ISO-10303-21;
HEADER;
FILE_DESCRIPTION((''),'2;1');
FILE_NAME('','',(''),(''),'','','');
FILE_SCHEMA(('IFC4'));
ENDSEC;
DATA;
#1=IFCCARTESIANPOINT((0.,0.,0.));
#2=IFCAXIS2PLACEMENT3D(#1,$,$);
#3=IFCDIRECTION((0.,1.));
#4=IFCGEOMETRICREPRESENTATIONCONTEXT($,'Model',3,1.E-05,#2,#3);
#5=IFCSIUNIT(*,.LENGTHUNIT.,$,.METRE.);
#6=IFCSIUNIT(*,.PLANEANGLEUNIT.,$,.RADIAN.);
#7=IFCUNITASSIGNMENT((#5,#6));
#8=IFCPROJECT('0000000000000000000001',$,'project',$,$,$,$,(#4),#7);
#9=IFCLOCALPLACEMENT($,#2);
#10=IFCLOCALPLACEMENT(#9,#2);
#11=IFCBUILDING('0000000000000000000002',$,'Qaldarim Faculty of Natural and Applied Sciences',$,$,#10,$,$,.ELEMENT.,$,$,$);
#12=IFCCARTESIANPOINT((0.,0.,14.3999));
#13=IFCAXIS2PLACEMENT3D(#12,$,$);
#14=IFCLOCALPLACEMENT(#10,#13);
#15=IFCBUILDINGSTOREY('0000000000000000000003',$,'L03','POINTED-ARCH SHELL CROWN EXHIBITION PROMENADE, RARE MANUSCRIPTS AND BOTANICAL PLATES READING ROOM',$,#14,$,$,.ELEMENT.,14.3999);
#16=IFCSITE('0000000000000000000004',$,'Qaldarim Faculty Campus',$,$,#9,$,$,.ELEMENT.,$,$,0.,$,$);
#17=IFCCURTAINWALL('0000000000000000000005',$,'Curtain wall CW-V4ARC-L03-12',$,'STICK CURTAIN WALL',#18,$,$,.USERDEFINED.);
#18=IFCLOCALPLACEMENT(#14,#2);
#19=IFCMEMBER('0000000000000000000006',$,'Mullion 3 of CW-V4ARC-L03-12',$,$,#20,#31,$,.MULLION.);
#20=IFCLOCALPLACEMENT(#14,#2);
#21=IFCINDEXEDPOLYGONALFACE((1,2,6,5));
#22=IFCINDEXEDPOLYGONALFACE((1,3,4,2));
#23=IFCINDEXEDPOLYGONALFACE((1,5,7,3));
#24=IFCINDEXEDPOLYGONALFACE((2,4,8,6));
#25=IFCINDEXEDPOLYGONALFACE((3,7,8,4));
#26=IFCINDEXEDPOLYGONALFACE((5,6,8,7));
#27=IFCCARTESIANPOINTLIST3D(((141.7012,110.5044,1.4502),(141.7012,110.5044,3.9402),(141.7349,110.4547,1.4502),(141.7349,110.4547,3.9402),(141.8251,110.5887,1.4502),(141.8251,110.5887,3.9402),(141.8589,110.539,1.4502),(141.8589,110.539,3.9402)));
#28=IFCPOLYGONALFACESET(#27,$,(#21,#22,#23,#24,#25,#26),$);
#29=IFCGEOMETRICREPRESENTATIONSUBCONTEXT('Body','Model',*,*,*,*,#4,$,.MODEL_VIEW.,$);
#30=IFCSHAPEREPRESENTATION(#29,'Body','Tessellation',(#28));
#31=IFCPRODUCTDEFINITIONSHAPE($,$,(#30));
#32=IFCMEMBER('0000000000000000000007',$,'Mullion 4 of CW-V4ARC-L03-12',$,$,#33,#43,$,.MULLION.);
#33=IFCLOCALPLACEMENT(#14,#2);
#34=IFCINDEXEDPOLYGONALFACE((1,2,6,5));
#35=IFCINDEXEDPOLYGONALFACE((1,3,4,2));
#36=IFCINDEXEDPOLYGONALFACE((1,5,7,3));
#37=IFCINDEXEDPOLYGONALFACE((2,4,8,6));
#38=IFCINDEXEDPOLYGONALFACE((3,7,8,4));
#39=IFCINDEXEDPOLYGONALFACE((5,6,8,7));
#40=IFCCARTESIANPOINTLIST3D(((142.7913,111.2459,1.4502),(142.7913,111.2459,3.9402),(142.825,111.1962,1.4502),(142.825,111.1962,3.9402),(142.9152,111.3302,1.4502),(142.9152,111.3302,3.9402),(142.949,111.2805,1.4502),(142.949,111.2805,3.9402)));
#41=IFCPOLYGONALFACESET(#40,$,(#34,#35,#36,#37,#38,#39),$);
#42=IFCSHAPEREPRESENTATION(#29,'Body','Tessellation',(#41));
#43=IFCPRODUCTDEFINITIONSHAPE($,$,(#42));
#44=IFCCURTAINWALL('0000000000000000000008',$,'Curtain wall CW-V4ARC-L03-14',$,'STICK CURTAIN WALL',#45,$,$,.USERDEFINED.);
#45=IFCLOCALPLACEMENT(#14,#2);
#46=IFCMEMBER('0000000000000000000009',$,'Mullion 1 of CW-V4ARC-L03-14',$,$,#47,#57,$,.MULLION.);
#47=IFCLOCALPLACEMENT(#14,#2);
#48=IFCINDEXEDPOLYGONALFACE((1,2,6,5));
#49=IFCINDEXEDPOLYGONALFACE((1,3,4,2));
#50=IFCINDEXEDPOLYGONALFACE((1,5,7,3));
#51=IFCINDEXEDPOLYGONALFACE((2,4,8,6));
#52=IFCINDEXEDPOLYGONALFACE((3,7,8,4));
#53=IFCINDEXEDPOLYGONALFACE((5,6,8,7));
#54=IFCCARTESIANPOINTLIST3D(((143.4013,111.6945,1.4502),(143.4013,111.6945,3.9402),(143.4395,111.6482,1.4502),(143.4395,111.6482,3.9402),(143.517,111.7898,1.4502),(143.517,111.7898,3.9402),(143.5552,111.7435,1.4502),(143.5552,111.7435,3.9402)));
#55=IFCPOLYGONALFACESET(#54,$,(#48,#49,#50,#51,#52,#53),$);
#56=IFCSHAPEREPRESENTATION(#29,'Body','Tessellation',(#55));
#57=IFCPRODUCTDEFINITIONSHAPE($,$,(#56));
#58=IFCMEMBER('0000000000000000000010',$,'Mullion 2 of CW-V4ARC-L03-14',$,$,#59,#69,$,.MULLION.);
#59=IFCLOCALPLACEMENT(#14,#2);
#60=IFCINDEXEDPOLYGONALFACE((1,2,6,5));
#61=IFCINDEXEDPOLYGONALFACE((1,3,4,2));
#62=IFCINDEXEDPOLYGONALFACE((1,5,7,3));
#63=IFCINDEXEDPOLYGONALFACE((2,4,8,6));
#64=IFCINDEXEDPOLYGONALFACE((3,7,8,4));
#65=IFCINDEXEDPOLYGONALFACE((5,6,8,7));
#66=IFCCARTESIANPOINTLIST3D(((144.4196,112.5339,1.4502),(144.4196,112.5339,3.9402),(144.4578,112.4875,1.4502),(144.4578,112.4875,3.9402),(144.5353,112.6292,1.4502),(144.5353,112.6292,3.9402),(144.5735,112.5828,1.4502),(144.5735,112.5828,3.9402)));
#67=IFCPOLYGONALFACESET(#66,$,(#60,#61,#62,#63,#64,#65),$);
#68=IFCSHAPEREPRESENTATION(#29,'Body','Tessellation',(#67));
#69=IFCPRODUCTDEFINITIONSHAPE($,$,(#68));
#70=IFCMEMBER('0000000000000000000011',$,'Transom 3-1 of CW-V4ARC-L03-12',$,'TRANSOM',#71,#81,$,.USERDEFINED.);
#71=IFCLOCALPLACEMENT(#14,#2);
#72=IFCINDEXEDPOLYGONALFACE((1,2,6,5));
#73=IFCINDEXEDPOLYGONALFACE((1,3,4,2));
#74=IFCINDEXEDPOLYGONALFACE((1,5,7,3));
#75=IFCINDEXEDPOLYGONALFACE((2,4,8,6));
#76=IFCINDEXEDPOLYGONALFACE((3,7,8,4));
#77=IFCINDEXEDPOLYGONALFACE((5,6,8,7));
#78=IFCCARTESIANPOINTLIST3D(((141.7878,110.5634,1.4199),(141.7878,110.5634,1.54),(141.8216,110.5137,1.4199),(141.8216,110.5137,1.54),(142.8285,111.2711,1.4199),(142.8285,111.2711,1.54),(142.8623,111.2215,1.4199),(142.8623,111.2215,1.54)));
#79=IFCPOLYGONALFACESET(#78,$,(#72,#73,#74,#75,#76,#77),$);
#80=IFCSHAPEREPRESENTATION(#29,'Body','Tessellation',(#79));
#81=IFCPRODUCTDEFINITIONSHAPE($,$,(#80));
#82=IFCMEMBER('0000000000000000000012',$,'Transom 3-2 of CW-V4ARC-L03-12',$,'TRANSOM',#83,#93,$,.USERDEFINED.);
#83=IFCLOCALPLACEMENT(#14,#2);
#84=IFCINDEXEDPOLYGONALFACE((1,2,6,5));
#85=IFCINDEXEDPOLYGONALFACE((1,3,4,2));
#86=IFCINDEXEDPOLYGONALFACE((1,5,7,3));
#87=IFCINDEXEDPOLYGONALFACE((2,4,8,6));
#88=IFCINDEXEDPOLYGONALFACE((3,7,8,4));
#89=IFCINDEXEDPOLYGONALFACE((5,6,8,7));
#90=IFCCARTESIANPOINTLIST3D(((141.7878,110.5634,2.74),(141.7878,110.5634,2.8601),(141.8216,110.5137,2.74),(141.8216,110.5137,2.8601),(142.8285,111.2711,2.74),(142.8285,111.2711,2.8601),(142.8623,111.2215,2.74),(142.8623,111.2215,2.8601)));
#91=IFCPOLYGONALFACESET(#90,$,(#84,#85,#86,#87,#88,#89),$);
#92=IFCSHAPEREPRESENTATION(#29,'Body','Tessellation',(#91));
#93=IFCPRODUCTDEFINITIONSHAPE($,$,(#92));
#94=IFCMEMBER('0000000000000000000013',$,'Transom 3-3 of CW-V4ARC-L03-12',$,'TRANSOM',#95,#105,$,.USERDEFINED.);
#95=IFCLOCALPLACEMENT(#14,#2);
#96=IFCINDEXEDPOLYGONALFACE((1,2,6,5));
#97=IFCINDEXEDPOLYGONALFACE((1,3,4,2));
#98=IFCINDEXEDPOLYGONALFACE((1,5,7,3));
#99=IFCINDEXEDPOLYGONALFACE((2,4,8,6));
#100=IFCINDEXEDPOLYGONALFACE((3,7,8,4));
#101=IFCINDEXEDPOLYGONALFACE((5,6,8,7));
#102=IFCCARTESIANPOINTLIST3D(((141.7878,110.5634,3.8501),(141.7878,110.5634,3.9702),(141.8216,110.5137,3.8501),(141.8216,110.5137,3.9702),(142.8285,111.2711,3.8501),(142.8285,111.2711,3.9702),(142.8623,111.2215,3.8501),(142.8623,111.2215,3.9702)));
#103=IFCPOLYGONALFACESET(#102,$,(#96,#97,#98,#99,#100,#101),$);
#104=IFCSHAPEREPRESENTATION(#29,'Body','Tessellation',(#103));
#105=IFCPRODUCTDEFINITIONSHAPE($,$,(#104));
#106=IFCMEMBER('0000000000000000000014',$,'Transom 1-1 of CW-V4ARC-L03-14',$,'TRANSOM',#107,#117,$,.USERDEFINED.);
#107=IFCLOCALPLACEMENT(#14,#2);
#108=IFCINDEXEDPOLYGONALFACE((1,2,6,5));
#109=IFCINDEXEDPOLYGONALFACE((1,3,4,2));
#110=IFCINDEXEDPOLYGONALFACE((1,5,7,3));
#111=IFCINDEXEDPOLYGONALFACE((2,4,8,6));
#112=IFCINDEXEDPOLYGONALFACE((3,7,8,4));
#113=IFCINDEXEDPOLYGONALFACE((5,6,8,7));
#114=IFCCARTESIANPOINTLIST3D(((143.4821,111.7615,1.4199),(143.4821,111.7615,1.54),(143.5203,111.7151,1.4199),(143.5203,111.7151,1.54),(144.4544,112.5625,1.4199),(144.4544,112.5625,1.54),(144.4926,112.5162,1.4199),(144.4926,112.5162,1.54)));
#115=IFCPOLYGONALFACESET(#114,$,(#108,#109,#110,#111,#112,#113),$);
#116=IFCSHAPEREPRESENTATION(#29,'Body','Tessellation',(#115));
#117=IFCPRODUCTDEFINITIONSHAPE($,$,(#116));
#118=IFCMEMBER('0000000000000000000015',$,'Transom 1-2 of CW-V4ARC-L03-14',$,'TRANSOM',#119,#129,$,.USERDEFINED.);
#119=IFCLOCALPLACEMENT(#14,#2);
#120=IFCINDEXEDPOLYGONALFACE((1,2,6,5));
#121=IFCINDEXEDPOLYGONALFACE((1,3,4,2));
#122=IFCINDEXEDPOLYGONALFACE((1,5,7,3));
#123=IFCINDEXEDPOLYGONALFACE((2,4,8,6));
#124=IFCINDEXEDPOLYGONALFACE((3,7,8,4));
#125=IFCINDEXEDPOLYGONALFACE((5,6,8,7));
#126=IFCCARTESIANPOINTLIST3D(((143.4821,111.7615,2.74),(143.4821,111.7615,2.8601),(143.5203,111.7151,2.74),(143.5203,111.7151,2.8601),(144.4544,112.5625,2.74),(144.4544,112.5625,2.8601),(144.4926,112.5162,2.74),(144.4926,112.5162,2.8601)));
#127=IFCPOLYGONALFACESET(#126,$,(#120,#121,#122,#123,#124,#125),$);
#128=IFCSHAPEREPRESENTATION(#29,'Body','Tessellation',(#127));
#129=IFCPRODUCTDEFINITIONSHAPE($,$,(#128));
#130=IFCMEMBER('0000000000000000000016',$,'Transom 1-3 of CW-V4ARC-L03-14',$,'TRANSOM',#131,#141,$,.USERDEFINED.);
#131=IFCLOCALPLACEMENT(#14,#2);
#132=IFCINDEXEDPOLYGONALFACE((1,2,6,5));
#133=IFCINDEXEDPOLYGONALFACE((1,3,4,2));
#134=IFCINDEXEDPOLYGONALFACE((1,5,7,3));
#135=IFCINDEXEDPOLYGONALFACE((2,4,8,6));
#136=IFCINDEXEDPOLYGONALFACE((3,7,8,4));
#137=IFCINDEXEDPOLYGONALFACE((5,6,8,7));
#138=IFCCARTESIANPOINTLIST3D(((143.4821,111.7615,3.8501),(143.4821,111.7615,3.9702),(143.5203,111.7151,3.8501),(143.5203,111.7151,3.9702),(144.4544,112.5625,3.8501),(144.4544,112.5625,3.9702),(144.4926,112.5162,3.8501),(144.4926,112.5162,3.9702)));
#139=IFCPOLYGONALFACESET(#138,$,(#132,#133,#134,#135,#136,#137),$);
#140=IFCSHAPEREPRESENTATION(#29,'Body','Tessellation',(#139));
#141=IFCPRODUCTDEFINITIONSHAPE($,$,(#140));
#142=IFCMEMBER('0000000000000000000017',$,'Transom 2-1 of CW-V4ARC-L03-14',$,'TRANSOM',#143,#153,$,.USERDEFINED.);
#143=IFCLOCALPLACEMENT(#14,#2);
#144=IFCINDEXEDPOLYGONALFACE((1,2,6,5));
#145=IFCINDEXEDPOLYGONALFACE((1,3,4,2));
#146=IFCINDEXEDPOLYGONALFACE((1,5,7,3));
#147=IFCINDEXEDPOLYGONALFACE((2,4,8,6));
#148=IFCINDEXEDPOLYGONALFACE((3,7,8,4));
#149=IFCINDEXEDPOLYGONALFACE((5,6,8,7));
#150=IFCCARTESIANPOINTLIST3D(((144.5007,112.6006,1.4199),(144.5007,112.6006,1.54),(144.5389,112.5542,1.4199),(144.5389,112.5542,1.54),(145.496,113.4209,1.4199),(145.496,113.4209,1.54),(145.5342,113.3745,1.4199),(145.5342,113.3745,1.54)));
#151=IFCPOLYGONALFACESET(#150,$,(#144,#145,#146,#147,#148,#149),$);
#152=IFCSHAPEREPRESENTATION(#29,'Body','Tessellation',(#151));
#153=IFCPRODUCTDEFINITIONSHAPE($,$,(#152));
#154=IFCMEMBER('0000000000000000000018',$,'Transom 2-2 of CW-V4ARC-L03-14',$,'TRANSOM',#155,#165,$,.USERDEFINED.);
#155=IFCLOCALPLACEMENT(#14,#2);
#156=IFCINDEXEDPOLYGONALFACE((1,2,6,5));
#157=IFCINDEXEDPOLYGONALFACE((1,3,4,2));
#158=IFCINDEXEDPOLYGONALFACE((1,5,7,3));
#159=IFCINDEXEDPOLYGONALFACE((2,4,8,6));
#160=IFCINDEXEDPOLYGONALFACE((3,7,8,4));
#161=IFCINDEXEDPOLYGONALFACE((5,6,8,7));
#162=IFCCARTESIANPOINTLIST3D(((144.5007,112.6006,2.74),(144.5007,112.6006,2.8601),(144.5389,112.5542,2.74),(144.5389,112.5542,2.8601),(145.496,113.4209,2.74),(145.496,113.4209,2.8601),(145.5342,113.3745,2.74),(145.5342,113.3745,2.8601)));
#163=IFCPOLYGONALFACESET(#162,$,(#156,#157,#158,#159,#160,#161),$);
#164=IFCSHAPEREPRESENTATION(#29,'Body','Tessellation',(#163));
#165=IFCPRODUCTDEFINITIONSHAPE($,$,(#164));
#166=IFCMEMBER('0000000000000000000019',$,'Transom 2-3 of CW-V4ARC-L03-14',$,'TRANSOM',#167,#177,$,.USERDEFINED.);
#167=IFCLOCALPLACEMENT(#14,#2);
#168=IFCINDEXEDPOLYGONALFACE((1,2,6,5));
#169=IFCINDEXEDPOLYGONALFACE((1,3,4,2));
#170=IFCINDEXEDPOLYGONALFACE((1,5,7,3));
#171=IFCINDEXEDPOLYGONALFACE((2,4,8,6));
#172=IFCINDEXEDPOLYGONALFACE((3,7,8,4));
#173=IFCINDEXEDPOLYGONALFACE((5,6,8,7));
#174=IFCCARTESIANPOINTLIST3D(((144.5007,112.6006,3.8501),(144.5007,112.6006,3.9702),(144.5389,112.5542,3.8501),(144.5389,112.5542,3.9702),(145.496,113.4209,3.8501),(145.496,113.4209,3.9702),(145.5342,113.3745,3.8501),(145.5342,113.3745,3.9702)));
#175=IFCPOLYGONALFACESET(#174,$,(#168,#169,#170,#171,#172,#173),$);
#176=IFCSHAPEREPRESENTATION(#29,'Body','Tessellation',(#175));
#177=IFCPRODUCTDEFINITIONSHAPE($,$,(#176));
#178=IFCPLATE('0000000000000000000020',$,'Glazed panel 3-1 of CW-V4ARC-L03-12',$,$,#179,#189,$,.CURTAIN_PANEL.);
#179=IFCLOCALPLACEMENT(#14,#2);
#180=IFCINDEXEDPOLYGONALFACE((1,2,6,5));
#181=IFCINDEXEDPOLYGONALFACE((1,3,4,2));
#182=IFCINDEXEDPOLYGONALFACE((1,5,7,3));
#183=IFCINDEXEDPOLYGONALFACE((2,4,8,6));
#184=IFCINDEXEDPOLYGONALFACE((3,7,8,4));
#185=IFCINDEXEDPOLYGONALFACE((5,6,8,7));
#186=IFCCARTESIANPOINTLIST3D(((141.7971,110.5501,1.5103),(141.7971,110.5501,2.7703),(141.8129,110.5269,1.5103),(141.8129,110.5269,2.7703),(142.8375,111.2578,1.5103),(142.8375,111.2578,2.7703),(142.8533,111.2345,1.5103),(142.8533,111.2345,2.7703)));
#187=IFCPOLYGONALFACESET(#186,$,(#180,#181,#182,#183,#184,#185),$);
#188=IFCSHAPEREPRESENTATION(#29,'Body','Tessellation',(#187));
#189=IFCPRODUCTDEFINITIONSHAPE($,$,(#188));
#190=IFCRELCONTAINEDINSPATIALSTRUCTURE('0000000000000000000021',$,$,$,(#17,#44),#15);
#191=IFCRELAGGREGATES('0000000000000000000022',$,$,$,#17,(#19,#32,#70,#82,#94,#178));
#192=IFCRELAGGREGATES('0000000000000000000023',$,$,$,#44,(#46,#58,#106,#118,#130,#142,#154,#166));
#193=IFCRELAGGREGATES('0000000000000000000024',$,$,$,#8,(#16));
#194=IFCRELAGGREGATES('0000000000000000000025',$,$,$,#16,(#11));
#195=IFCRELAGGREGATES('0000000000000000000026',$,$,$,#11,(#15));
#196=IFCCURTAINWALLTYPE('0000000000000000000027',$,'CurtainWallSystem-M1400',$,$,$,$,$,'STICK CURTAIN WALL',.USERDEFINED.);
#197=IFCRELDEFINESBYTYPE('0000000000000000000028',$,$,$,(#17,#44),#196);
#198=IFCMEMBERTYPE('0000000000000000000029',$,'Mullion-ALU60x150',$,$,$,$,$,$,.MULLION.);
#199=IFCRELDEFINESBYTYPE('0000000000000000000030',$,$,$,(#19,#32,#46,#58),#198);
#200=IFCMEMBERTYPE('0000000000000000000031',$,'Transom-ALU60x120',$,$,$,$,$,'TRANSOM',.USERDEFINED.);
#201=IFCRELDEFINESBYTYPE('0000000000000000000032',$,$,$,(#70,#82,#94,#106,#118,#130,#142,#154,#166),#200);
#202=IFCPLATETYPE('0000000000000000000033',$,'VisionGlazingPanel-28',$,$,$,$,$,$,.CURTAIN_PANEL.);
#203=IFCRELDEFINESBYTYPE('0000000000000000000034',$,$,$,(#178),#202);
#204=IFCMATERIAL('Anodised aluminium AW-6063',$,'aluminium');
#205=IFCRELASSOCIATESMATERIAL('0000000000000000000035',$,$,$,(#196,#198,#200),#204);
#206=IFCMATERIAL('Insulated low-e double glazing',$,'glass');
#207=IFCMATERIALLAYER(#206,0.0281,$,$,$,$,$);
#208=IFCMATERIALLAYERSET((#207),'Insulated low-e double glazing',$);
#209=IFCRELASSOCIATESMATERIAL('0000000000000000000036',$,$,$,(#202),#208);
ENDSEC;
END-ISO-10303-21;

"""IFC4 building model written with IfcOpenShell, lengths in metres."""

from ifc_helpers import new_model, si_unit, direction, frame, origin, origin_2d, place, context, subcontext, project, spatial, rectangle, extrude, material, layer, layer_set, material_profile, profile_set, type_object, element, aggregate, save


model = new_model("IFC4")

# Units and contexts
model_context = context("Model", 3, precision=1e-05, world=origin(), true_north=direction((0.0, 1.0)))
body_context = subcontext(model_context, "Body", "Model", "MODEL_VIEW")
ifc_project = project(units=[si_unit("LENGTHUNIT", "METRE"), si_unit("PLANEANGLEUNIT", "RADIAN")], contexts=[model_context])

# Site, building, storey
site_placement = place(None, origin())
site = spatial("IfcSite", under=ifc_project, at=site_placement, Name="Qaldarim Faculty Campus", CompositionType="ELEMENT", RefElevation=0.0)
building_placement = place(site_placement, origin())
building = spatial("IfcBuilding", under=site, at=building_placement, Name="Qaldarim Faculty of Natural and Applied Sciences", CompositionType="ELEMENT")
storey_placement = place(building_placement, frame((0.0, 0.0, 14.3999)))
storey = spatial("IfcBuildingStorey", under=building, at=storey_placement, Name="L03", Description="POINTED-ARCH SHELL CROWN EXHIBITION PROMENADE, RARE MANUSCRIPTS AND BOTANICAL PLATES READING ROOM", CompositionType="ELEMENT", Elevation=14.3999)

# Curtain walls, members
ifc_material_1 = material(Name="Anodised aluminium AW-6063", Category="aluminium")
curtain_wall_type = type_object("IfcCurtainWallType", Name="CurtainWallSystem-M1400", ElementType="STICK CURTAIN WALL", PredefinedType="USERDEFINED", material=ifc_material_1)
curtain_wall_1_placement = place(storey_placement, origin())
curtain_wall_1 = element("IfcCurtainWall", 1, at=curtain_wall_1_placement, inside=storey, type_object=curtain_wall_type, Name="Curtain wall CW-V4ARC-L03-12", ObjectType="STICK CURTAIN WALL", PredefinedType="USERDEFINED")
ifc_material_profile_1 = material_profile(ifc_material_1, rectangle(XDim=0.0601, YDim=0.1499, at=origin_2d()), Name="ALU-M60x150")
ifc_profile_set_1 = profile_set([ifc_material_profile_1], Name="Anodised aluminium AW-6063")
member_type_1 = type_object("IfcMemberType", Name="Mullion-ALU60x150", PredefinedType="MULLION", material=ifc_profile_set_1)
member_1_placement = place(storey_placement, frame((141.78, 110.5217, 1.4502), z_axis=(0.0, 0.0, 1.0), x_axis=(-0.562372, 0.826884, 0.0)))
member_1 = element("IfcMember", 2, at=member_1_placement, type_object=member_type_1, Name="Mullion 3 of CW-V4ARC-L03-12", PredefinedType="MULLION", context=body_context, shape_type="SweptSolid", body=[
    extrude(rectangle(XDim=0.0601, YDim=0.1499, at=origin_2d()), origin(), (0.0, 0.0, 1.0), 2.49),
])
member_2_placement = place(storey_placement, frame((142.8701, 111.2632, 1.4502), z_axis=(0.0, 0.0, 1.0), x_axis=(-0.562372, 0.826884, 0.0)))
member_2 = element("IfcMember", 3, at=member_2_placement, type_object=member_type_1, Name="Mullion 4 of CW-V4ARC-L03-12", PredefinedType="MULLION", context=body_context, shape_type="SweptSolid", body=[
    extrude(rectangle(XDim=0.0601, YDim=0.1499, at=origin_2d()), origin(), (0.0, 0.0, 1.0), 2.49),
])
curtain_wall_2_placement = place(storey_placement, origin())
curtain_wall_2 = element("IfcCurtainWall", 4, at=curtain_wall_2_placement, inside=storey, type_object=curtain_wall_type, Name="Curtain wall CW-V4ARC-L03-14", ObjectType="STICK CURTAIN WALL", PredefinedType="USERDEFINED")
member_3_placement = place(storey_placement, frame((143.4783, 111.719, 1.4502), z_axis=(0.0, 0.0, 1.0), x_axis=(-0.63593, 0.771747, 0.0)))
member_3 = element("IfcMember", 5, at=member_3_placement, type_object=member_type_1, Name="Mullion 1 of CW-V4ARC-L03-14", PredefinedType="MULLION", context=body_context, shape_type="SweptSolid", body=[
    extrude(rectangle(XDim=0.0601, YDim=0.1499, at=origin_2d()), origin(), (0.0, 0.0, 1.0), 2.49),
])
member_4_placement = place(storey_placement, frame((144.4966, 112.5583, 1.4502), z_axis=(0.0, 0.0, 1.0), x_axis=(-0.63593, 0.771747, 0.0)))
member_4 = element("IfcMember", 6, at=member_4_placement, type_object=member_type_1, Name="Mullion 2 of CW-V4ARC-L03-14", PredefinedType="MULLION", context=body_context, shape_type="SweptSolid", body=[
    extrude(rectangle(XDim=0.0601, YDim=0.1499, at=origin_2d()), origin(), (0.0, 0.0, 1.0), 2.49),
])

# Members
ifc_material_profile_2 = material_profile(ifc_material_1, rectangle(XDim=0.0601, YDim=0.1201, at=origin_2d()), Name="ALU-T60x120")
ifc_profile_set_2 = profile_set([ifc_material_profile_2], Name="Anodised aluminium AW-6063")
member_type_2 = type_object("IfcMemberType", Name="Transom-ALU60x120", ElementType="TRANSOM", PredefinedType="USERDEFINED", material=ifc_profile_set_2)
member_5_placement = place(storey_placement, frame((141.8047, 110.5386, 1.48), z_axis=(0.826912, 0.562331, 0.0), x_axis=(-0.562331, 0.826912, 0.0)))
member_5 = element("IfcMember", 7, at=member_5_placement, type_object=member_type_2, Name="Transom 3-1 of CW-V4ARC-L03-12", ObjectType="TRANSOM", PredefinedType="USERDEFINED", context=body_context, shape_type="SweptSolid", body=[
    extrude(rectangle(XDim=0.0601, YDim=0.1201, at=origin_2d()), origin(), (0.0, 0.0, 1.0), 1.2585),
])
member_6_placement = place(storey_placement, frame((141.8047, 110.5386, 2.8), z_axis=(0.826912, 0.562331, 0.0), x_axis=(-0.562331, 0.826912, 0.0)))
member_6 = element("IfcMember", 8, at=member_6_placement, type_object=member_type_2, Name="Transom 3-2 of CW-V4ARC-L03-12", ObjectType="TRANSOM", PredefinedType="USERDEFINED", context=body_context, shape_type="SweptSolid", body=[
    extrude(rectangle(XDim=0.0601, YDim=0.1201, at=origin_2d()), origin(), (0.0, 0.0, 1.0), 1.2585),
])
member_7_placement = place(storey_placement, frame((141.8047, 110.5386, 3.9102), z_axis=(0.826912, 0.562331, 0.0), x_axis=(-0.562331, 0.826912, 0.0)))
member_7 = element("IfcMember", 9, at=member_7_placement, type_object=member_type_2, Name="Transom 3-3 of CW-V4ARC-L03-12", ObjectType="TRANSOM", PredefinedType="USERDEFINED", context=body_context, shape_type="SweptSolid", body=[
    extrude(rectangle(XDim=0.0601, YDim=0.1201, at=origin_2d()), origin(), (0.0, 0.0, 1.0), 1.2585),
])
member_8_placement = place(storey_placement, frame((143.5012, 111.7383, 1.48), z_axis=(0.771768, 0.635904, 0.0), x_axis=(-0.635904, 0.771768, 0.0)))
member_8 = element("IfcMember", 10, at=member_8_placement, type_object=member_type_2, Name="Transom 1-1 of CW-V4ARC-L03-14", ObjectType="TRANSOM", PredefinedType="USERDEFINED", context=body_context, shape_type="SweptSolid", body=[
    extrude(rectangle(XDim=0.0601, YDim=0.1201, at=origin_2d()), origin(), (0.0, 0.0, 1.0), 1.2598),
])
member_9_placement = place(storey_placement, frame((143.5012, 111.7383, 2.8), z_axis=(0.771768, 0.635904, 0.0), x_axis=(-0.635904, 0.771768, 0.0)))
member_9 = element("IfcMember", 11, at=member_9_placement, type_object=member_type_2, Name="Transom 1-2 of CW-V4ARC-L03-14", ObjectType="TRANSOM", PredefinedType="USERDEFINED", context=body_context, shape_type="SweptSolid", body=[
    extrude(rectangle(XDim=0.0601, YDim=0.1201, at=origin_2d()), origin(), (0.0, 0.0, 1.0), 1.2598),
])
member_10_placement = place(storey_placement, frame((143.5012, 111.7383, 3.9102), z_axis=(0.771768, 0.635904, 0.0), x_axis=(-0.635904, 0.771768, 0.0)))
member_10 = element("IfcMember", 12, at=member_10_placement, type_object=member_type_2, Name="Transom 1-3 of CW-V4ARC-L03-14", ObjectType="TRANSOM", PredefinedType="USERDEFINED", context=body_context, shape_type="SweptSolid", body=[
    extrude(rectangle(XDim=0.0601, YDim=0.1201, at=origin_2d()), origin(), (0.0, 0.0, 1.0), 1.2598),
])
member_11_placement = place(storey_placement, frame((144.5198, 112.5774, 1.48), z_axis=(0.771701, 0.635986, 0.0), x_axis=(-0.635986, 0.771701, 0.0)))
member_11 = element("IfcMember", 13, at=member_11_placement, type_object=member_type_2, Name="Transom 2-1 of CW-V4ARC-L03-14", ObjectType="TRANSOM", PredefinedType="USERDEFINED", context=body_context, shape_type="SweptSolid", body=[
    extrude(rectangle(XDim=0.0601, YDim=0.1201, at=origin_2d()), origin(), (0.0, 0.0, 1.0), 1.2898),
])
member_12_placement = place(storey_placement, frame((144.5198, 112.5774, 2.8), z_axis=(0.771701, 0.635986, 0.0), x_axis=(-0.635986, 0.771701, 0.0)))
member_12 = element("IfcMember", 14, at=member_12_placement, type_object=member_type_2, Name="Transom 2-2 of CW-V4ARC-L03-14", ObjectType="TRANSOM", PredefinedType="USERDEFINED", context=body_context, shape_type="SweptSolid", body=[
    extrude(rectangle(XDim=0.0601, YDim=0.1201, at=origin_2d()), origin(), (0.0, 0.0, 1.0), 1.2898),
])
member_13_placement = place(storey_placement, frame((144.5198, 112.5774, 3.9102), z_axis=(0.771701, 0.635986, 0.0), x_axis=(-0.635986, 0.771701, 0.0)))
member_13 = element("IfcMember", 15, at=member_13_placement, type_object=member_type_2, Name="Transom 2-3 of CW-V4ARC-L03-14", ObjectType="TRANSOM", PredefinedType="USERDEFINED", context=body_context, shape_type="SweptSolid", body=[
    extrude(rectangle(XDim=0.0601, YDim=0.1201, at=origin_2d()), origin(), (0.0, 0.0, 1.0), 1.2898),
])

# Plate
ifc_material_2 = material(Name="Insulated low-e double glazing", Category="glass")
ifc_layer_1 = layer(ifc_material_2, 0.0281)
ifc_layer_set_1 = layer_set([ifc_layer_1], Name="Insulated low-e double glazing")
plate_type = type_object("IfcPlateType", Name="VisionGlazingPanel-28", PredefinedType="CURTAIN_PANEL", material=ifc_layer_set_1)
plate_1_placement = place(storey_placement, frame((142.3252, 110.8923, 1.5103), z_axis=(0.0, 0.0, 1.0), x_axis=(0.826884, 0.562372, 0.0)))
plate_1 = element("IfcPlate", 16, at=plate_1_placement, type_object=plate_type, Name="Glazed panel 3-1 of CW-V4ARC-L03-12", PredefinedType="CURTAIN_PANEL", context=body_context, shape_type="SweptSolid", body=[
    extrude(rectangle(XDim=1.2583, YDim=0.0281, at=origin_2d()), origin(), (0.0, 0.0, 1.0), 1.26),
])
aggregate(curtain_wall_1, [member_1, member_2, member_5, member_6, member_7, plate_1])
aggregate(curtain_wall_2, [member_3, member_4, member_8, member_9, member_10, member_11, member_12, member_13])

save(model, "model.ifc")
